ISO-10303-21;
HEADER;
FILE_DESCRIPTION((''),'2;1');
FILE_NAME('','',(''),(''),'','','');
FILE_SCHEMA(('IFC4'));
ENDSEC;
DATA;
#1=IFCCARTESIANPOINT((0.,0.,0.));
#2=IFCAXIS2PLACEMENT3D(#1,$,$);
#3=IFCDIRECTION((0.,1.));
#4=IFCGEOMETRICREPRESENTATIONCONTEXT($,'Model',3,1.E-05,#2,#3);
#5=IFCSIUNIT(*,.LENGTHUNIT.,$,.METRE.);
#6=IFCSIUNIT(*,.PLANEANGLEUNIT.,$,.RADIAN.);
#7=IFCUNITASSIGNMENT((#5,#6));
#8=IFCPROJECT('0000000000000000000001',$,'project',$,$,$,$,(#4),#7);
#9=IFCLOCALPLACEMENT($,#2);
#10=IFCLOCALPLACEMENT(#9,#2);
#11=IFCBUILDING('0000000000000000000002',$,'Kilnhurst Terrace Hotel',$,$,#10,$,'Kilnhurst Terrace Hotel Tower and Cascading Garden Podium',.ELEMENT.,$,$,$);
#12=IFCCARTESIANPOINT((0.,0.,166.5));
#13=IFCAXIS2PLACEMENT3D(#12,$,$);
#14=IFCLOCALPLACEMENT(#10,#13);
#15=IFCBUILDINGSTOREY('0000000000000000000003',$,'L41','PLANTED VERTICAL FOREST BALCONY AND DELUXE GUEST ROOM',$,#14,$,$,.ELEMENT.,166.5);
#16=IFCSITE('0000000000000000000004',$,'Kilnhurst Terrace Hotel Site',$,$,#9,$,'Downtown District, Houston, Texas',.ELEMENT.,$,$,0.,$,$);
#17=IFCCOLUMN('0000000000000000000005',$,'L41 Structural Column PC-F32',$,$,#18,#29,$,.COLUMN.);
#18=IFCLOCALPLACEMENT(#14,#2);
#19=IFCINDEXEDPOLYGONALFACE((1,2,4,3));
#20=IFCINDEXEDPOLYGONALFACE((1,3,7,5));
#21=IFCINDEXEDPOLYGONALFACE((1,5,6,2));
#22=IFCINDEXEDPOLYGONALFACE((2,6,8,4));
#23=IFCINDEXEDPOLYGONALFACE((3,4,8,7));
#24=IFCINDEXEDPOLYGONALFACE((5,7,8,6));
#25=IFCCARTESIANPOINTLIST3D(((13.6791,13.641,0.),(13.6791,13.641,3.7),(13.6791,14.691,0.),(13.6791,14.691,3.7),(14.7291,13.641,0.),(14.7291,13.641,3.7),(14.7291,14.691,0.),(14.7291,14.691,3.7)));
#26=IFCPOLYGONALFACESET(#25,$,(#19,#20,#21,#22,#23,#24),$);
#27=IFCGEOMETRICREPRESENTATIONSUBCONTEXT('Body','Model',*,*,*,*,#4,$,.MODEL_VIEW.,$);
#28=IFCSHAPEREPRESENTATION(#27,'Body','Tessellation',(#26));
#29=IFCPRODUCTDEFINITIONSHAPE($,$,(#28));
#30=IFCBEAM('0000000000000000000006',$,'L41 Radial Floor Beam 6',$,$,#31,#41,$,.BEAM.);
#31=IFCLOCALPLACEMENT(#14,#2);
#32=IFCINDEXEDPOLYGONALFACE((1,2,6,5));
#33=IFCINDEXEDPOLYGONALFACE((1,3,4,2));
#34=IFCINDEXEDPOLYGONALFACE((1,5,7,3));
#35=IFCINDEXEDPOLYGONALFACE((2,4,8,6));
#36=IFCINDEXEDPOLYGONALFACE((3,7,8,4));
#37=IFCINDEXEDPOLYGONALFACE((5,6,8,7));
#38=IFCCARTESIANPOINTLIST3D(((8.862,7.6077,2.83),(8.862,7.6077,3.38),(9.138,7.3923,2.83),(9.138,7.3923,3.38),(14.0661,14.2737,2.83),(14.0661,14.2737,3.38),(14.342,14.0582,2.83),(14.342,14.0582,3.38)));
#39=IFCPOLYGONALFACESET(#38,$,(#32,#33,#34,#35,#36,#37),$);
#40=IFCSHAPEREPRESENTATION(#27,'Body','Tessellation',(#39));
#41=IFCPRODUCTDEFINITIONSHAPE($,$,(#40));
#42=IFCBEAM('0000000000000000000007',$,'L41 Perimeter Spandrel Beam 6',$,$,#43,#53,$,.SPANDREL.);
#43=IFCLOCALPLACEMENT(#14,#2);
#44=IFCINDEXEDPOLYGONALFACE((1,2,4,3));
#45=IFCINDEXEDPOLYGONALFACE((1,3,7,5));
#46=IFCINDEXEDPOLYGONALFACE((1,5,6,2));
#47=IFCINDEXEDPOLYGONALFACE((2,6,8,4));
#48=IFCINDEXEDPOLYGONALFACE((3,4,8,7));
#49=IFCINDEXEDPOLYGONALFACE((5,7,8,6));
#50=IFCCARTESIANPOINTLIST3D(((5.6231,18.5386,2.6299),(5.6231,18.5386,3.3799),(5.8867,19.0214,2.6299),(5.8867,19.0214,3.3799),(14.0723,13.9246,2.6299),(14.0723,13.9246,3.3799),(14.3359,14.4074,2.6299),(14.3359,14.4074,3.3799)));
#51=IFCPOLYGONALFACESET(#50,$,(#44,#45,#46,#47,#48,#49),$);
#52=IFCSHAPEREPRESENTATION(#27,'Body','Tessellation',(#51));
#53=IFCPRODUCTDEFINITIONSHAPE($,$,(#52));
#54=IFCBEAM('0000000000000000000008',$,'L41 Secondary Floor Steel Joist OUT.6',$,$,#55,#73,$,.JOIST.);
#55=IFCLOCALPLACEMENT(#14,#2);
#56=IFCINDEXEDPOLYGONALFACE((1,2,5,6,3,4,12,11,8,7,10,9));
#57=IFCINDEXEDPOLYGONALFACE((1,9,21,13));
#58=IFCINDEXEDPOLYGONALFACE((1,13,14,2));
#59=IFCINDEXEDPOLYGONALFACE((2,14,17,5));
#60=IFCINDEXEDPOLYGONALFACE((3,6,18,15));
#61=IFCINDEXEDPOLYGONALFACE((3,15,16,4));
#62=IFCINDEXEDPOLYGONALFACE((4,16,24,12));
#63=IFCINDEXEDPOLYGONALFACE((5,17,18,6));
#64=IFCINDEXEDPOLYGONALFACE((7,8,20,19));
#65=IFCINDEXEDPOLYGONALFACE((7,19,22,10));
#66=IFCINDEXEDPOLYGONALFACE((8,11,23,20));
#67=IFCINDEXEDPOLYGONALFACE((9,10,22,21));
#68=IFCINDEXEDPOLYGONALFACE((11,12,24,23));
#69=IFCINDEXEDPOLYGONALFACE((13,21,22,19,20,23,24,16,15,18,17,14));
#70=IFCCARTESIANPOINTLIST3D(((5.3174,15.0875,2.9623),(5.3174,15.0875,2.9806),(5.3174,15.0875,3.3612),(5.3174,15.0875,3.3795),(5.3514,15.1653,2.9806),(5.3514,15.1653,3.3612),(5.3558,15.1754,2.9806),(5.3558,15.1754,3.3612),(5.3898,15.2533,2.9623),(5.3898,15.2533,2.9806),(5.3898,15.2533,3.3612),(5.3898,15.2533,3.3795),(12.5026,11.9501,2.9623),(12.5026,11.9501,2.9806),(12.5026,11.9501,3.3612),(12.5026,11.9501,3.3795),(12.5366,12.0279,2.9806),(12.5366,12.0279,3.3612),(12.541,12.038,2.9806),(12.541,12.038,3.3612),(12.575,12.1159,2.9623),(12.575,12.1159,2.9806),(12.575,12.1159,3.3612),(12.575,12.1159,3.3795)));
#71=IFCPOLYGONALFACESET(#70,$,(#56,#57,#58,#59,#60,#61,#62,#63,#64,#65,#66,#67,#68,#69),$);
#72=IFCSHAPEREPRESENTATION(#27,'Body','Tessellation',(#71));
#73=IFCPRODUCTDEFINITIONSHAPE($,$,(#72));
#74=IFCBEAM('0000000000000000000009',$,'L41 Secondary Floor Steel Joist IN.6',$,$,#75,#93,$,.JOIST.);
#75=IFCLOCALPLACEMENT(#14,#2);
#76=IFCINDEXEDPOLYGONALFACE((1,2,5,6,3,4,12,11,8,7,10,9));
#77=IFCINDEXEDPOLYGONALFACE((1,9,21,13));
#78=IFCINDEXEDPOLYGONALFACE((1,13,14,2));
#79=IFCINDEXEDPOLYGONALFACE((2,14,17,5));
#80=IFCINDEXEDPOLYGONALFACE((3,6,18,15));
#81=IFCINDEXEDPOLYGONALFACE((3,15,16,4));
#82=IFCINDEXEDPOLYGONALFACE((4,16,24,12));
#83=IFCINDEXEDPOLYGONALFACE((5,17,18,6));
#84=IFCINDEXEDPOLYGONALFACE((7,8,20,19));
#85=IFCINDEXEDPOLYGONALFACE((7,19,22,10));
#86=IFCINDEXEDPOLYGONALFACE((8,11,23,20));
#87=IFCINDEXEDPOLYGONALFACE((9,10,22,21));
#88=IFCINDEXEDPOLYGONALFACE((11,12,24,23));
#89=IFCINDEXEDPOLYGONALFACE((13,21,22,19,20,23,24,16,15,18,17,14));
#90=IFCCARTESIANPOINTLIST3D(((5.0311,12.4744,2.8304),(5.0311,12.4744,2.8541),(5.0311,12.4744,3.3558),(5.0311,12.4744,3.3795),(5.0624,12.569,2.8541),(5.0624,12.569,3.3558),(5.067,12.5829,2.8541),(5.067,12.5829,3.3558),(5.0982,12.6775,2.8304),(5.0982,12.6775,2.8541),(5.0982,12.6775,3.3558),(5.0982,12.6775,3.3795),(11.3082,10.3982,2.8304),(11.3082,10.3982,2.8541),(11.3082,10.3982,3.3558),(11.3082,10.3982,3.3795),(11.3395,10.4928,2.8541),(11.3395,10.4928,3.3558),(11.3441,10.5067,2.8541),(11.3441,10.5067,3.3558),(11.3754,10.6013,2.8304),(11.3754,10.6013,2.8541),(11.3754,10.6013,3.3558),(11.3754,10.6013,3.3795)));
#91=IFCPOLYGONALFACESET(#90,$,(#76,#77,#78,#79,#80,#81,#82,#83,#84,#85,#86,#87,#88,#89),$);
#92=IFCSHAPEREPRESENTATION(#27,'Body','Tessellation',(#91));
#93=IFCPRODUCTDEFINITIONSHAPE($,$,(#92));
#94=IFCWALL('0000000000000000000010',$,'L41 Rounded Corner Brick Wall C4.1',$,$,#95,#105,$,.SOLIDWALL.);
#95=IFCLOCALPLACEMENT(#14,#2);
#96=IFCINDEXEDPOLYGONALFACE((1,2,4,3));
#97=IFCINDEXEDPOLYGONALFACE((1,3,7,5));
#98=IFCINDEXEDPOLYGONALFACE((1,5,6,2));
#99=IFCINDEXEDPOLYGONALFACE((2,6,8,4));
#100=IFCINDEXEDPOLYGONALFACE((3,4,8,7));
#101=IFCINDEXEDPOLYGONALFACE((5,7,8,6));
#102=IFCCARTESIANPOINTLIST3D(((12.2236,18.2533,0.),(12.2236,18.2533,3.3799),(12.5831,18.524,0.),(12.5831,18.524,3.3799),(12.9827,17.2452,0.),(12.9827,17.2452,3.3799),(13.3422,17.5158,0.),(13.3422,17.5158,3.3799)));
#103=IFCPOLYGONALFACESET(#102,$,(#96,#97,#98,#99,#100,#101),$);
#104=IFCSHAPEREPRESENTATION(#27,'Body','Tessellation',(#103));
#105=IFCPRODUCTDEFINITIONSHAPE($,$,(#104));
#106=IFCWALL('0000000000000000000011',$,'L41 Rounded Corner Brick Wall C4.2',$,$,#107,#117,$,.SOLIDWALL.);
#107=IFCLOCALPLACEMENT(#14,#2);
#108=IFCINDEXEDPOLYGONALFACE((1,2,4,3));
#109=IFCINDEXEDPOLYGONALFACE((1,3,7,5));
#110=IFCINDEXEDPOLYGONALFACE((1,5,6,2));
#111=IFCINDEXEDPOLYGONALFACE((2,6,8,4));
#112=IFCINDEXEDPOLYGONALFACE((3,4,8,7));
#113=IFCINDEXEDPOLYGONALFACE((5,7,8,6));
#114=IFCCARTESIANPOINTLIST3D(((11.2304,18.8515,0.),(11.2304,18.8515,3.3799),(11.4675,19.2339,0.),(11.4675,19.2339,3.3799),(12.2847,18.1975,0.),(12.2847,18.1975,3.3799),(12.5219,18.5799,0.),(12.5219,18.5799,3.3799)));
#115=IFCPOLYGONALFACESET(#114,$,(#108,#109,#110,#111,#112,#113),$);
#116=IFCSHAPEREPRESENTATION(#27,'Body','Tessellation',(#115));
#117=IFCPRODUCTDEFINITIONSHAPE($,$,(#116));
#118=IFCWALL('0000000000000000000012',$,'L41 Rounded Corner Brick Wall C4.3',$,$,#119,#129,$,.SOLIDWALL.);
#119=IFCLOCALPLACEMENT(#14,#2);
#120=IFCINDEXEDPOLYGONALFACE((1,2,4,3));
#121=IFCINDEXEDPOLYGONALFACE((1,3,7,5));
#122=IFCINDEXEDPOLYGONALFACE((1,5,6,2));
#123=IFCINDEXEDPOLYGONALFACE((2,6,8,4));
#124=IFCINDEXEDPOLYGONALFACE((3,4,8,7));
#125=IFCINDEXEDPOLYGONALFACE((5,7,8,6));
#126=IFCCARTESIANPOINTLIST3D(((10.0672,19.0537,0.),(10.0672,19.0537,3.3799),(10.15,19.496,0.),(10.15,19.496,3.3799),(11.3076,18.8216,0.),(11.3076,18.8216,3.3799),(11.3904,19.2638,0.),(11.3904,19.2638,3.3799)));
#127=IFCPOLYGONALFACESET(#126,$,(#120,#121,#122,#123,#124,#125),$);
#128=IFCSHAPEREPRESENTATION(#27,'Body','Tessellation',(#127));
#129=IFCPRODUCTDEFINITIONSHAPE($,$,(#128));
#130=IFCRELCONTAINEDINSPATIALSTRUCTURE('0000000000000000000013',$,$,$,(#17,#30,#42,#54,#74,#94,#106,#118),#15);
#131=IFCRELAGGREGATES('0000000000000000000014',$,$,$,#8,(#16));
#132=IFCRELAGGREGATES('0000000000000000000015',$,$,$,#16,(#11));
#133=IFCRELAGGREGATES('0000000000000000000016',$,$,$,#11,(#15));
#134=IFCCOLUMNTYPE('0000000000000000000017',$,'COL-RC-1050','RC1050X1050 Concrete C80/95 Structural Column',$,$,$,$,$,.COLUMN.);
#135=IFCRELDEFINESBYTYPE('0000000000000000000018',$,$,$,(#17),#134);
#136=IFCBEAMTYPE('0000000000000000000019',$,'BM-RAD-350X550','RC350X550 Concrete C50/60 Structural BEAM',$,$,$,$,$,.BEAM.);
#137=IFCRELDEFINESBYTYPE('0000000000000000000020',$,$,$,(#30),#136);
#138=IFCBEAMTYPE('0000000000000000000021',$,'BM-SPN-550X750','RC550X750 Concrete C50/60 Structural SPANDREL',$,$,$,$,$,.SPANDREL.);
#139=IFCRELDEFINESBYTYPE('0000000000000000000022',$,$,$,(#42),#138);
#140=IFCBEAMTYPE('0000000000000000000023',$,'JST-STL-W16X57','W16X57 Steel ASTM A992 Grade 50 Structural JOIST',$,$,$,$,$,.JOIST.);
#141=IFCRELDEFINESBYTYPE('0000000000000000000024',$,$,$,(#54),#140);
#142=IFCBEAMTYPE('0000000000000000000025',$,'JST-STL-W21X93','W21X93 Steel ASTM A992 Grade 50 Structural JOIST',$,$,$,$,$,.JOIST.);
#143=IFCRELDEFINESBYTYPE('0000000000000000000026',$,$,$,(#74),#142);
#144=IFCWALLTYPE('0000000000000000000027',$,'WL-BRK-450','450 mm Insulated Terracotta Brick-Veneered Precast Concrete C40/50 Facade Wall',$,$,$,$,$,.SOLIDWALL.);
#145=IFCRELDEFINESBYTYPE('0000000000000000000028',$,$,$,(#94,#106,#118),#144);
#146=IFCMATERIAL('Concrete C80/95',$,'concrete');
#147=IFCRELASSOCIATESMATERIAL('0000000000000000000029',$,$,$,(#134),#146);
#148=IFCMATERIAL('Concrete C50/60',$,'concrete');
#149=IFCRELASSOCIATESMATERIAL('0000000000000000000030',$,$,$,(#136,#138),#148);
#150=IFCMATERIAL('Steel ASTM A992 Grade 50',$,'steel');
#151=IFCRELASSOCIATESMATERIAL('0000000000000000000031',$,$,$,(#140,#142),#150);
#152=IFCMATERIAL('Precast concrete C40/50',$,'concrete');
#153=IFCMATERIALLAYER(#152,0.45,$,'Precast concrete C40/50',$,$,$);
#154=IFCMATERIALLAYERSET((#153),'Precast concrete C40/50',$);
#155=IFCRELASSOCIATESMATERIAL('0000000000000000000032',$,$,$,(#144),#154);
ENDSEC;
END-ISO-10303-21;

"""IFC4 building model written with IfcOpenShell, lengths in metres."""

from ifc_helpers import new_model, si_unit, direction, frame, frame_2d, origin, origin_2d, place, context, subcontext, project, spatial, rectangle, i_section, extrude, material, layer, layer_set, material_profile, profile_set, type_object, element, save


model = new_model("IFC4")

# Units and contexts
model_context = context("Model", 3, precision=1e-05, world=origin(), true_north=direction((0.0, 1.0)))
body_context = subcontext(model_context, "Body", "Model", "MODEL_VIEW")
ifc_project = project(units=[si_unit("LENGTHUNIT", "METRE"), si_unit("PLANEANGLEUNIT", "RADIAN")], contexts=[model_context])

# Site, building, storey
site_placement = place(None, origin())
site = spatial("IfcSite", under=ifc_project, at=site_placement, Name="Kilnhurst Terrace Hotel Site", LongName="Downtown District, Houston, Texas", CompositionType="ELEMENT", RefElevation=0.0)
building_placement = place(site_placement, origin())
building = spatial("IfcBuilding", under=site, at=building_placement, Name="Kilnhurst Terrace Hotel", LongName="Kilnhurst Terrace Hotel Tower and Cascading Garden Podium", CompositionType="ELEMENT")
storey_placement = place(building_placement, frame((0.0, 0.0, 166.5)))
storey = spatial("IfcBuildingStorey", under=building, at=storey_placement, Name="L41", Description="PLANTED VERTICAL FOREST BALCONY AND DELUXE GUEST ROOM", CompositionType="ELEMENT", Elevation=166.5)

# Column
ifc_material_1 = material(Name="Concrete C80/95", Category="concrete")
ifc_material_profile_1 = material_profile(ifc_material_1, rectangle(XDim=1.05, YDim=1.05, at=origin_2d()), Name="RC1050X1050")
ifc_profile_set_1 = profile_set([ifc_material_profile_1], Name="Concrete C80/95")
column_type = type_object("IfcColumnType", Name="COL-RC-1050", Description="RC1050X1050 Concrete C80/95 Structural Column", PredefinedType="COLUMN", material=ifc_profile_set_1)
column_placement = place(storey_placement, frame((14.2041, 14.166, 0.0), z_axis=(0.0, 0.0, 1.0), x_axis=(1.0, 0.0, 0.0)))
element("IfcColumn", 1, at=column_placement, inside=storey, type_object=column_type, Name="L41 Structural Column PC-F32", PredefinedType="COLUMN", context=body_context, shape_type="SweptSolid", body=[
    extrude(rectangle(XDim=1.05, YDim=1.05, at=origin_2d()), origin(), (0.0, 0.0, 1.0), 3.7),
])

# Beams
ifc_material_2 = material(Name="Concrete C50/60", Category="concrete")
ifc_material_profile_2 = material_profile(ifc_material_2, rectangle(XDim=0.3501, YDim=0.55, at=origin_2d()), Name="RC350X550")
ifc_profile_set_2 = profile_set([ifc_material_profile_2], Name="Concrete C50/60")
beam_type_1 = type_object("IfcBeamType", Name="BM-RAD-350X550", Description="RC350X550 Concrete C50/60 Structural BEAM", PredefinedType="BEAM", material=ifc_profile_set_2)
beam_1_placement = place(storey_placement, frame((9.0, 7.5, 3.105), z_axis=(0.615371, 0.788238, 0.0), x_axis=(-0.788238, 0.615371, 0.0)))
element("IfcBeam", 2, at=beam_1_placement, inside=storey, type_object=beam_type_1, Name="L41 Radial Floor Beam 6", PredefinedType="BEAM", context=body_context, shape_type="SweptSolid", body=[
    extrude(rectangle(XDim=0.3501, YDim=0.55, at=origin_2d()), origin(), (0.0, 0.0, 1.0), 8.4568),
])
ifc_material_profile_3 = material_profile(ifc_material_2, rectangle(XDim=0.55, YDim=0.75, at=origin_2d()), Name="RC550X750")
ifc_profile_set_3 = profile_set([ifc_material_profile_3], Name="Concrete C50/60")
beam_type_2 = type_object("IfcBeamType", Name="BM-SPN-550X750", Description="RC550X750 Concrete C50/60 Structural SPANDREL", PredefinedType="SPANDREL", material=ifc_profile_set_3)
beam_2_placement = place(storey_placement, frame((14.2041, 14.166, 3.0049), z_axis=(-0.877662, 0.47928, 0.0), x_axis=(-0.47928, -0.877662, 0.0)))
element("IfcBeam", 3, at=beam_2_placement, inside=storey, type_object=beam_type_2, Name="L41 Perimeter Spandrel Beam 6", PredefinedType="SPANDREL", context=body_context, shape_type="SweptSolid", body=[
    extrude(rectangle(XDim=0.55, YDim=0.75, at=origin_2d()), origin(), (0.0, 0.0, 1.0), 9.627),
])
ifc_material_3 = material(Name="Steel ASTM A992 Grade 50", Category="steel")
ifc_material_profile_4 = material_profile(ifc_material_3, i_section(OverallWidth=0.1809, OverallDepth=0.4172, WebThickness=0.011, FlangeThickness=0.0183, at=origin_2d()), Name="W16X57")
ifc_profile_set_4 = profile_set([ifc_material_profile_4], Name="Steel ASTM A992 Grade 50")
beam_type_3 = type_object("IfcBeamType", Name="JST-STL-W16X57", Description="W16X57 Steel ASTM A992 Grade 50 Structural JOIST", PredefinedType="JOIST", material=ifc_profile_set_4)
beam_3_placement = place(storey_placement, frame((12.5388, 12.033, 3.1709), z_axis=(-0.916444, 0.400164, 0.0), x_axis=(-0.400164, -0.916444, 0.0)))
element("IfcBeam", 4, at=beam_3_placement, inside=storey, type_object=beam_type_3, Name="L41 Secondary Floor Steel Joist OUT.6", PredefinedType="JOIST", context=body_context, shape_type="SweptSolid", body=[
    extrude(i_section(OverallWidth=0.1809, OverallDepth=0.4172, WebThickness=0.011, FlangeThickness=0.0183, at=origin_2d()), origin(), (0.0, 0.0, 1.0), 7.8403),
])
ifc_material_profile_5 = material_profile(ifc_material_3, i_section(OverallWidth=0.2139, OverallDepth=0.5491, WebThickness=0.0146, FlangeThickness=0.0237, at=origin_2d()), Name="W21X93")
ifc_profile_set_5 = profile_set([ifc_material_profile_5], Name="Steel ASTM A992 Grade 50")
beam_type_4 = type_object("IfcBeamType", Name="JST-STL-W21X93", Description="W21X93 Steel ASTM A992 Grade 50 Structural JOIST", PredefinedType="JOIST", material=ifc_profile_set_5)
beam_4_placement = place(storey_placement, frame((11.3418, 10.4998, 3.105), z_axis=(-0.949416, 0.314022, 0.0), x_axis=(-0.314022, -0.949416, 0.0)))
element("IfcBeam", 5, at=beam_4_placement, inside=storey, type_object=beam_type_4, Name="L41 Secondary Floor Steel Joist IN.6", PredefinedType="JOIST", context=body_context, shape_type="SweptSolid", body=[
    extrude(i_section(OverallWidth=0.2139, OverallDepth=0.5491, WebThickness=0.0146, FlangeThickness=0.0237, at=origin_2d()), origin(), (0.0, 0.0, 1.0), 6.6116),
])

# Walls
ifc_material_4 = material(Name="Precast concrete C40/50", Category="concrete")
ifc_layer_1 = layer(ifc_material_4, 0.45, Name="Precast concrete C40/50")
ifc_layer_set_1 = layer_set([ifc_layer_1], Name="Precast concrete C40/50")
wall_type_1 = type_object("IfcWallType", Name="WL-BRK-450", Description="450 mm Insulated Terracotta Brick-Veneered Precast Concrete C40/50 Facade Wall", PredefinedType="SOLIDWALL", material=ifc_layer_set_1)
wall_1_placement = place(storey_placement, frame((13.1624, 17.3806, 0.0), z_axis=(0.0, 0.0, 1.0), x_axis=(-0.601516, 0.798861, 0.0)))
element("IfcWall", 6, at=wall_1_placement, inside=storey, type_object=wall_type_1, Name="L41 Rounded Corner Brick Wall C4.1", PredefinedType="SOLIDWALL", context=body_context, shape_type="SweptSolid", body=[
    extrude(rectangle(XDim=1.262, YDim=0.45, at=frame_2d((0.6309, 0.0))), origin(), (0.0, 0.0, 1.0), 3.3799),
])
wall_2_placement = place(storey_placement, frame((12.4033, 18.3887, 0.0), z_axis=(0.0, 0.0, 1.0), x_axis=(-0.849795, 0.527113, 0.0)))
element("IfcWall", 7, at=wall_2_placement, inside=storey, type_object=wall_type_1, Name="L41 Rounded Corner Brick Wall C4.2", PredefinedType="SOLIDWALL", context=body_context, shape_type="SweptSolid", body=[
    extrude(rectangle(XDim=1.2407, YDim=0.45, at=frame_2d((0.6204, 0.0))), origin(), (0.0, 0.0, 1.0), 3.3799),
])
wall_3_placement = place(storey_placement, frame((11.3489, 19.0427, 0.0), z_axis=(0.0, 0.0, 1.0), x_axis=(-0.982931, 0.183973, 0.0)))
element("IfcWall", 8, at=wall_3_placement, inside=storey, type_object=wall_type_1, Name="L41 Rounded Corner Brick Wall C4.3", PredefinedType="SOLIDWALL", context=body_context, shape_type="SweptSolid", body=[
    extrude(rectangle(XDim=1.262, YDim=0.45, at=frame_2d((0.6309, 0.0))), origin(), (0.0, 0.0, 1.0), 3.3799),
])

save(model, "model.ifc")
